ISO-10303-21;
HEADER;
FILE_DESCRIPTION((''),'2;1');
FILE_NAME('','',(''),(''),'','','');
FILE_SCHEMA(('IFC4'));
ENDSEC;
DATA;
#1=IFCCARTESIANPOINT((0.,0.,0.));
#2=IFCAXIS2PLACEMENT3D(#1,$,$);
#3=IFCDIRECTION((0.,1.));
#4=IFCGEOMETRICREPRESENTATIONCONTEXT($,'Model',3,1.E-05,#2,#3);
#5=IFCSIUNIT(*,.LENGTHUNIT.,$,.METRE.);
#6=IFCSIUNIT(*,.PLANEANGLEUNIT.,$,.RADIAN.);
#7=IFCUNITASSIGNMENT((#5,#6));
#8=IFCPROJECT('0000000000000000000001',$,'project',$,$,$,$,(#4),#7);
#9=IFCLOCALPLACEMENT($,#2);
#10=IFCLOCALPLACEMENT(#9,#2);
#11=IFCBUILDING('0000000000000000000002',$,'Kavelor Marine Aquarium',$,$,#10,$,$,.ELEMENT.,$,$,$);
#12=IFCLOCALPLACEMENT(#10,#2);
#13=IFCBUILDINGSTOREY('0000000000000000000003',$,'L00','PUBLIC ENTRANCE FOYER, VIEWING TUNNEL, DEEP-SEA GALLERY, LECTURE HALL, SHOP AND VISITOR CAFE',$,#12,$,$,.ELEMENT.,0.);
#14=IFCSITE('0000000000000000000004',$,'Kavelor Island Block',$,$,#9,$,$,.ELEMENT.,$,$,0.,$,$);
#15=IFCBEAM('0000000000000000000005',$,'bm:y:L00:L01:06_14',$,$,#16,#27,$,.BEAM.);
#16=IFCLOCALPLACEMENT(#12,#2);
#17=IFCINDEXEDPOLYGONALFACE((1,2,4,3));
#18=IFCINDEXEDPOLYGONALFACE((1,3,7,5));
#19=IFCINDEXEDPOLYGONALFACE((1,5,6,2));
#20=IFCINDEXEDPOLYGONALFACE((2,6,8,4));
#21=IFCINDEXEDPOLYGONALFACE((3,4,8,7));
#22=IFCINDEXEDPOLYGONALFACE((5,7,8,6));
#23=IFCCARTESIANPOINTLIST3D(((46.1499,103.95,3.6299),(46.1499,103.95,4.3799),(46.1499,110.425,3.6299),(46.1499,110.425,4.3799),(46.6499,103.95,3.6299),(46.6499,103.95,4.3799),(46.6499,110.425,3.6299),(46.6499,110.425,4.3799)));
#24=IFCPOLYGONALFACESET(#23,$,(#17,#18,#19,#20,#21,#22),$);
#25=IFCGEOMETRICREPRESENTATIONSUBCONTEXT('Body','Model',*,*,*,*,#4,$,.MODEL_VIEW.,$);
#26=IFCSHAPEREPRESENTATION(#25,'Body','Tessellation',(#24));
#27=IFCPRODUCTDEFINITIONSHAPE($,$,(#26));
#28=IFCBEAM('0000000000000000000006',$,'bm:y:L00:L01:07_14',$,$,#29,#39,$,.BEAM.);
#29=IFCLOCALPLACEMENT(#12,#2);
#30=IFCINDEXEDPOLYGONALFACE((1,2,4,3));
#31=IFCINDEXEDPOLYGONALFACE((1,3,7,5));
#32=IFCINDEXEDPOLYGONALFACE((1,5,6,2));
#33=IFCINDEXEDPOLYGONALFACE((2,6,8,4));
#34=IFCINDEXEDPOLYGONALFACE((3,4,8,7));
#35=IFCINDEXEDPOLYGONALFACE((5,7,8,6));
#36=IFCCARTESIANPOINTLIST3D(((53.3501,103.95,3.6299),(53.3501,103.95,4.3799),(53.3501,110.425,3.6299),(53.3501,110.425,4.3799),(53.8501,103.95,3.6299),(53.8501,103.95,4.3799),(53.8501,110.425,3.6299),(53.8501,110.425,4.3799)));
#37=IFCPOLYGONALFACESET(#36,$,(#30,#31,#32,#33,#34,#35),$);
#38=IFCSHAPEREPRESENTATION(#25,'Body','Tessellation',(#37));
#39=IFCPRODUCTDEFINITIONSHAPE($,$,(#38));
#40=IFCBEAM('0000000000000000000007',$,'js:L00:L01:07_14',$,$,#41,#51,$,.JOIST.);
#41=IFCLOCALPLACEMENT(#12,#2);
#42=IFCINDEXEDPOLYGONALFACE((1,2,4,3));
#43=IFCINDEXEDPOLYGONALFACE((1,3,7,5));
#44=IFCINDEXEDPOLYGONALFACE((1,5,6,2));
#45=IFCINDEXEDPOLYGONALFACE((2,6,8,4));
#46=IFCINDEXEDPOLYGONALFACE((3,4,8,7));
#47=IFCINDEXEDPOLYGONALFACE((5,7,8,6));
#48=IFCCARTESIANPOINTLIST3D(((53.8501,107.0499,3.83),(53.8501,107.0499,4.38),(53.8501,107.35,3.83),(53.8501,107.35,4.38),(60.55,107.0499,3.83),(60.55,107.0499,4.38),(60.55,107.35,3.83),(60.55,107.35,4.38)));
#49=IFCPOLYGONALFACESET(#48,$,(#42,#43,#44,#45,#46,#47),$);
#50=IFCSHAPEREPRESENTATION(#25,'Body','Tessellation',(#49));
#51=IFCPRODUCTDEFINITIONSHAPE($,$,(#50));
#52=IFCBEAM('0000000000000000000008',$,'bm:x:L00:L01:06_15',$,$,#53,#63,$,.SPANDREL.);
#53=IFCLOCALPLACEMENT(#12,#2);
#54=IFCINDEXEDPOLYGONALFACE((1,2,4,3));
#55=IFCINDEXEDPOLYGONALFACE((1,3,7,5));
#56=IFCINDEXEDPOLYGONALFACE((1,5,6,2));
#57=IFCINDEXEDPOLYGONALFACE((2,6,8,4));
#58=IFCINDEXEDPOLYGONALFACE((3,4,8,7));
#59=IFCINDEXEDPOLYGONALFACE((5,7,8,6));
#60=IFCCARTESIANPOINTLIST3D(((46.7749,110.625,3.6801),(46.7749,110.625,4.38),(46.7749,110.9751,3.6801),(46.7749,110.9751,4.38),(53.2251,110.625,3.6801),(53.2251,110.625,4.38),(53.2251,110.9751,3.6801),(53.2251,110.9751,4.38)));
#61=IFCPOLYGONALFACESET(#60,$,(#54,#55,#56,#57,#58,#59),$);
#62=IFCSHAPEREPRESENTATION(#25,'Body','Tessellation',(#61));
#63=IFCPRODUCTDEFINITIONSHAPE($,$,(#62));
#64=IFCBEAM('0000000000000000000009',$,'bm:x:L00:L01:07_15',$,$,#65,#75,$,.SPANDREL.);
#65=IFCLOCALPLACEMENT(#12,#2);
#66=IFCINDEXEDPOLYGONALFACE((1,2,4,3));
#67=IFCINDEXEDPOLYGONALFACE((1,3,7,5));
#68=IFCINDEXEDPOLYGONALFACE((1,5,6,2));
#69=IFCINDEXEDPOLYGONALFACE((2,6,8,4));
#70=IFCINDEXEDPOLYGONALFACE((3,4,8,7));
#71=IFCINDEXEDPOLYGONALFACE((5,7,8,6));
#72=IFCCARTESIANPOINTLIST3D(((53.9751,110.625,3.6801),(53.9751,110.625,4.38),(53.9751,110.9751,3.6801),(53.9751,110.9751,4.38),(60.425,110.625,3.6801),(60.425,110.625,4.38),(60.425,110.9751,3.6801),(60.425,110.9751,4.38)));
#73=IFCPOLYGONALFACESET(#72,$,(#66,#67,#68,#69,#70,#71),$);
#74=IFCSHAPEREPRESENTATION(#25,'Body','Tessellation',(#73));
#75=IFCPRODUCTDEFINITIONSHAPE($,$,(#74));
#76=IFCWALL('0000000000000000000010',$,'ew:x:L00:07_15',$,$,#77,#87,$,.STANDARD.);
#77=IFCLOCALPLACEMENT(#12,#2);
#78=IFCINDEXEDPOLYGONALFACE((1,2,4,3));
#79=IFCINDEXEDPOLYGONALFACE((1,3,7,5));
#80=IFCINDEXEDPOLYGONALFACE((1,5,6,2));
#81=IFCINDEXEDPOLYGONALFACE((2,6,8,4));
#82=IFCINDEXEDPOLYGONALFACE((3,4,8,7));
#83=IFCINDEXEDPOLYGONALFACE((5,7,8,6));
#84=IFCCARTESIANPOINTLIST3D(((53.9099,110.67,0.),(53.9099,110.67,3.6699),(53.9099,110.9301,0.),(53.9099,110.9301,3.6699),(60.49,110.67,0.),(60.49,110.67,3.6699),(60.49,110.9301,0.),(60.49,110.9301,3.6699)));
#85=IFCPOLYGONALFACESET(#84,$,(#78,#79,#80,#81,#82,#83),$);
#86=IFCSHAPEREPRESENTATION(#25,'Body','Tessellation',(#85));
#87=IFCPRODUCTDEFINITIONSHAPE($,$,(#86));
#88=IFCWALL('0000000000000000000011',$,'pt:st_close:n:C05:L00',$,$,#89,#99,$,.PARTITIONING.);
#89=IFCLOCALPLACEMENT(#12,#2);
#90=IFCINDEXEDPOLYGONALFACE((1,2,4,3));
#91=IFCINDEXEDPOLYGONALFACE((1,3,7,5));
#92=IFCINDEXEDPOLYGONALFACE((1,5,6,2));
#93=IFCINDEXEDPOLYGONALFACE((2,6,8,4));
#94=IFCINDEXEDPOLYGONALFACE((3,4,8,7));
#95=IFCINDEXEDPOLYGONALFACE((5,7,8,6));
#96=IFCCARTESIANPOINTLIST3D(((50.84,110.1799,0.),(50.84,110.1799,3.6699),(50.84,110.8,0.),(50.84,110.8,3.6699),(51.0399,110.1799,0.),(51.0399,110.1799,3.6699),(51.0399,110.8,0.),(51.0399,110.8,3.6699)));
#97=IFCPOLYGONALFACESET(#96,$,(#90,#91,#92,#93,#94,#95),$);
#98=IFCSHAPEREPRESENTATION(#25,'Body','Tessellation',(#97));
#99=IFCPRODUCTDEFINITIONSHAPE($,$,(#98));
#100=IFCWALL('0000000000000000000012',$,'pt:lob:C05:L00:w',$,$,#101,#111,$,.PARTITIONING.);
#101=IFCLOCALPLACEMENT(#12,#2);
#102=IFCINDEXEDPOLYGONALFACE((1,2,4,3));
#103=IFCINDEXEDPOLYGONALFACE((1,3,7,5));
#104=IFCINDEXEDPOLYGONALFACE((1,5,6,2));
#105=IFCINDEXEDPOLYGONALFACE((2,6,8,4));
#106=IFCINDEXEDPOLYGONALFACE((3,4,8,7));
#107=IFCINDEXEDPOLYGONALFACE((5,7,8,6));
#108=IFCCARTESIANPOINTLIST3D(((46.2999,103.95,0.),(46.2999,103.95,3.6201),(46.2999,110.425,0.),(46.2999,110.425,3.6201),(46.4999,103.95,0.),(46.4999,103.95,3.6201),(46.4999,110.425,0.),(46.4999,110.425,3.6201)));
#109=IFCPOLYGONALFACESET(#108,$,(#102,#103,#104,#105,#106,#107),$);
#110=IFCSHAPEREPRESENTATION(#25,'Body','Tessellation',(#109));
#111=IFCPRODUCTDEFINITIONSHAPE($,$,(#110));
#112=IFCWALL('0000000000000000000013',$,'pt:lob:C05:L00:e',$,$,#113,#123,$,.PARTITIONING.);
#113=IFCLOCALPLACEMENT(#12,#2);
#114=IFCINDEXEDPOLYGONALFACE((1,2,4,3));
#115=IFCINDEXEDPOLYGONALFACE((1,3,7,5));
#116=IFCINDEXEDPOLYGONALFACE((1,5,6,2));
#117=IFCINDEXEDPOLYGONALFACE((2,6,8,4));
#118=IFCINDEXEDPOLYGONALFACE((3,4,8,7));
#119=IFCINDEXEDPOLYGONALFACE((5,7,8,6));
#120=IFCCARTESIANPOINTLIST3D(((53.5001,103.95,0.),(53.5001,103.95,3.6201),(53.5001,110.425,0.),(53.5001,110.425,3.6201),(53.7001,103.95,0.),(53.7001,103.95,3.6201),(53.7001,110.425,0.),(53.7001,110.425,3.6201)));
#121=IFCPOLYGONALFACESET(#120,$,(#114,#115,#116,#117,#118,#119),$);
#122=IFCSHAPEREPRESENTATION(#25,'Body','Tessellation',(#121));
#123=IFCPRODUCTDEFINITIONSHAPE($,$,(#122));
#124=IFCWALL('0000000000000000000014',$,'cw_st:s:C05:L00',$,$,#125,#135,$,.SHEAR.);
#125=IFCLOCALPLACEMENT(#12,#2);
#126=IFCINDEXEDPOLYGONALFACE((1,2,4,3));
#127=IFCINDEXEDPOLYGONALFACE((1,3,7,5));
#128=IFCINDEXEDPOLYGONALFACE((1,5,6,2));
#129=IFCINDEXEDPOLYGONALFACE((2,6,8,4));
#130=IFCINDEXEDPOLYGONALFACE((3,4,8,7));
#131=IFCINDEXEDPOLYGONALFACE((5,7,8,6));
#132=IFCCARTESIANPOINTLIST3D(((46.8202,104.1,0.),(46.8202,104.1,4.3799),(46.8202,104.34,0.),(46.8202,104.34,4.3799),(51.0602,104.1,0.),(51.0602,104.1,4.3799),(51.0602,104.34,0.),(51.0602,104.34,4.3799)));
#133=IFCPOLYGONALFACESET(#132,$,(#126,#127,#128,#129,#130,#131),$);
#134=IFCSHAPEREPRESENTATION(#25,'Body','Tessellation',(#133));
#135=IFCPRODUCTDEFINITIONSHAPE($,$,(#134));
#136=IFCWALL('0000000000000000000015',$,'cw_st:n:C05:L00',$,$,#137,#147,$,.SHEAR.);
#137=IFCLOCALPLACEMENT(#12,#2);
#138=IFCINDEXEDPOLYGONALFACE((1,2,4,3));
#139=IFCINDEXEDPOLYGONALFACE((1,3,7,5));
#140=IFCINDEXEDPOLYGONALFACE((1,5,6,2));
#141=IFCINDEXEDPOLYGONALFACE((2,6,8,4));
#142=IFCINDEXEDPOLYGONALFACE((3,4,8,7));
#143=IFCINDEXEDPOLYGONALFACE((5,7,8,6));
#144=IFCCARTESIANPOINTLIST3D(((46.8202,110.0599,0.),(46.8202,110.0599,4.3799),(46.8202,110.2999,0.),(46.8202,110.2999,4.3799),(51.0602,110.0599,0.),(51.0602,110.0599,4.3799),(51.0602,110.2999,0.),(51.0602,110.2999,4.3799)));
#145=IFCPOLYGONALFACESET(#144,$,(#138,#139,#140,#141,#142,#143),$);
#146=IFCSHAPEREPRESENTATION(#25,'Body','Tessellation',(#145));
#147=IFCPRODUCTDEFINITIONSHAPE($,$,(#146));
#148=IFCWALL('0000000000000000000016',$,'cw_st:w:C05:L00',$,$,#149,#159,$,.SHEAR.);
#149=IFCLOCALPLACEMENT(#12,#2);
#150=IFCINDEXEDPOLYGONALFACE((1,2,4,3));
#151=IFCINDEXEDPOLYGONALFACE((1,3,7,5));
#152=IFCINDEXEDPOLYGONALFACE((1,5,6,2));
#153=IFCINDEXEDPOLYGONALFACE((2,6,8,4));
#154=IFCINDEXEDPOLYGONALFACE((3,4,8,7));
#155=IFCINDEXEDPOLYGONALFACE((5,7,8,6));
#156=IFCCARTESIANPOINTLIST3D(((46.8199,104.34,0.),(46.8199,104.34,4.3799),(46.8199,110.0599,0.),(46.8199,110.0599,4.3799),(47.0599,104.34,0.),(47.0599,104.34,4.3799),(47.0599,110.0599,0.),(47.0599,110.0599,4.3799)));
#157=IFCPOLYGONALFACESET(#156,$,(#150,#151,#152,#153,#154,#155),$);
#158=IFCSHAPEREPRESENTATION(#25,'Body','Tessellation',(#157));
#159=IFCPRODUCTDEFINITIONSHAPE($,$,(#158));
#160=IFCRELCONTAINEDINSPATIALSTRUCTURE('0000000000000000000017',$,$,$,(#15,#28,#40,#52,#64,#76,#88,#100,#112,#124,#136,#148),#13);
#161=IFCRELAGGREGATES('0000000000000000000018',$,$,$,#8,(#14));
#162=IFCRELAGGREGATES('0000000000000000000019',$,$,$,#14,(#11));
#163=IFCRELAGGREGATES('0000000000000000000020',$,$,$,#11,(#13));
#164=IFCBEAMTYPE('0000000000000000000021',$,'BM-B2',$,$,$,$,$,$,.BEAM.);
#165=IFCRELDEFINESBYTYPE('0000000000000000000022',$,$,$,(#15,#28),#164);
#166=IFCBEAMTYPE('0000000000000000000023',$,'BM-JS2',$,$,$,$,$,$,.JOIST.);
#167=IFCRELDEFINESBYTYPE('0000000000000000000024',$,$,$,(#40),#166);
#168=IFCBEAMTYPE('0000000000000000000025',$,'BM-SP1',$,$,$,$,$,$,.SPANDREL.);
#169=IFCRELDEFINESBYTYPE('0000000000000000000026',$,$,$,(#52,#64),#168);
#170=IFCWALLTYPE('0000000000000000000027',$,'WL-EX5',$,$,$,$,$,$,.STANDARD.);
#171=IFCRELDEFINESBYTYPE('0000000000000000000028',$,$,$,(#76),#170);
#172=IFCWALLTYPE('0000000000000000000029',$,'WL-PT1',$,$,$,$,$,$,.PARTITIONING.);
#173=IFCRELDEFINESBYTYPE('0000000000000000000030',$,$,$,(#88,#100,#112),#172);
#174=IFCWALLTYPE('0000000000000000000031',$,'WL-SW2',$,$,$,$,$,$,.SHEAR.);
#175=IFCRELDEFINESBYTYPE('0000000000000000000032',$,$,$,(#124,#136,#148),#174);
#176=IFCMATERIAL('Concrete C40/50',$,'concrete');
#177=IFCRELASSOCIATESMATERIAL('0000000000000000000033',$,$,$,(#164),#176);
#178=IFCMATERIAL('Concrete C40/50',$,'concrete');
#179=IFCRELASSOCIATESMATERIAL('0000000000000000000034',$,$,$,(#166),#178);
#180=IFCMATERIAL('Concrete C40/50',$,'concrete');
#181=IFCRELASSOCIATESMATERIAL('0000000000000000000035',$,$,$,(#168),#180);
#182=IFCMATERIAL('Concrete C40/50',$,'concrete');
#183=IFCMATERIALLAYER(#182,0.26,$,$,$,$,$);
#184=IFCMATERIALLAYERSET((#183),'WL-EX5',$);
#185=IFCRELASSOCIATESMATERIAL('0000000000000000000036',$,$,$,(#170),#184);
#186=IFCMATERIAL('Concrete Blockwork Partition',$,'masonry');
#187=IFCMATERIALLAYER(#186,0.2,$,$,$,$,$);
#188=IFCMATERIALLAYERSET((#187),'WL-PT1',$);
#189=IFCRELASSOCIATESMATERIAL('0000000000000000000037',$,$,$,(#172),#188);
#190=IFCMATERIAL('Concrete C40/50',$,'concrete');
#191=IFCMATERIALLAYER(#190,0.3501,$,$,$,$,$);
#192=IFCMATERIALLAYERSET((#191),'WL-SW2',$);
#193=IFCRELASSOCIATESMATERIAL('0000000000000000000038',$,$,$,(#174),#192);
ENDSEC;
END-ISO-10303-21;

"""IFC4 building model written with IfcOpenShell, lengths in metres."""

from ifc_helpers import new_model, si_unit, direction, frame, frame_2d, origin, origin_2d, place, context, subcontext, project, spatial, rectangle, extrude, material, layer, layer_set, material_profile, profile_set, type_object, element, save


model = new_model("IFC4")

# Units and contexts
model_context = context("Model", 3, precision=1e-05, world=origin(), true_north=direction((0.0, 1.0)))
body_context = subcontext(model_context, "Body", "Model", "MODEL_VIEW")
ifc_project = project(units=[si_unit("LENGTHUNIT", "METRE"), si_unit("PLANEANGLEUNIT", "RADIAN")], contexts=[model_context])

# Site, building, storey
site_placement = place(None, origin())
site = spatial("IfcSite", under=ifc_project, at=site_placement, Name="Kavelor Island Block", CompositionType="ELEMENT", RefElevation=0.0)
building_placement = place(site_placement, origin())
building = spatial("IfcBuilding", under=site, at=building_placement, Name="Kavelor Marine Aquarium", CompositionType="ELEMENT")
storey_placement = place(building_placement, origin())
storey = spatial("IfcBuildingStorey", under=building, at=storey_placement, Name="L00", Description="PUBLIC ENTRANCE FOYER, VIEWING TUNNEL, DEEP-SEA GALLERY, LECTURE HALL, SHOP AND VISITOR CAFE", CompositionType="ELEMENT", Elevation=0.0)

# Beams
ifc_material_1 = material(Name="Concrete C40/50", Category="concrete")
ifc_material_profile_1 = material_profile(ifc_material_1, rectangle(XDim=0.5, YDim=0.75, at=origin_2d()), Name="RC-BM 500x750")
ifc_profile_set_1 = profile_set([ifc_material_profile_1], Name="Concrete C40/50")
beam_type_1 = type_object("IfcBeamType", Name="BM-B2", PredefinedType="BEAM", material=ifc_profile_set_1)
for number, where, z_axis, x_axis, name in (
    (1, (46.3999, 103.95, 4.0049), (0.0, 1.0, 0.0), (-1.0, 0.0, 0.0), "bm:y:L00:L01:06_14"),
    (2, (53.6001, 103.95, 4.0049), (0.0, 1.0, 0.0), (-1.0, 0.0, 0.0), "bm:y:L00:L01:07_14"),
):
    element("IfcBeam", number, at=place(storey_placement, frame(where, z_axis=z_axis, x_axis=x_axis)), inside=storey, type_object=beam_type_1, Name=name, PredefinedType="BEAM", context=body_context, shape_type="SweptSolid", body=[
        extrude(rectangle(XDim=0.5, YDim=0.75, at=origin_2d()), origin(), (0.0, 0.0, 1.0), 6.4751),
    ])
ifc_material_2 = material(Name="Concrete C40/50", Category="concrete")
ifc_material_profile_2 = material_profile(ifc_material_2, rectangle(XDim=0.3, YDim=0.55, at=origin_2d()), Name="RC-JS 300x550")
ifc_profile_set_2 = profile_set([ifc_material_profile_2], Name="Concrete C40/50")
beam_type_2 = type_object("IfcBeamType", Name="BM-JS2", PredefinedType="JOIST", material=ifc_profile_set_2)
beam_1_placement = place(storey_placement, frame((53.8501, 107.2, 4.105), z_axis=(1.0, 0.0, 0.0), x_axis=(0.0, 1.0, 0.0)))
element("IfcBeam", 3, at=beam_1_placement, inside=storey, type_object=beam_type_2, Name="js:L00:L01:07_14", PredefinedType="JOIST", context=body_context, shape_type="SweptSolid", body=[
    extrude(rectangle(XDim=0.3, YDim=0.55, at=origin_2d()), origin(), (0.0, 0.0, 1.0), 6.7),
])
ifc_material_3 = material(Name="Concrete C40/50", Category="concrete")
ifc_material_profile_3 = material_profile(ifc_material_3, rectangle(XDim=0.3501, YDim=0.7, at=origin_2d()), Name="RC-SP 350x700")
ifc_profile_set_3 = profile_set([ifc_material_profile_3], Name="Concrete C40/50")
beam_type_3 = type_object("IfcBeamType", Name="BM-SP1", PredefinedType="SPANDREL", material=ifc_profile_set_3)
beam_2_placement = place(storey_placement, frame((46.7749, 110.8, 4.03), z_axis=(1.0, 0.0, 0.0), x_axis=(0.0, 1.0, 0.0)))
element("IfcBeam", 4, at=beam_2_placement, inside=storey, type_object=beam_type_3, Name="bm:x:L00:L01:06_15", PredefinedType="SPANDREL", context=body_context, shape_type="SweptSolid", body=[
    extrude(rectangle(XDim=0.3501, YDim=0.7, at=origin_2d()), origin(), (0.0, 0.0, 1.0), 6.4502),
])
beam_3_placement = place(storey_placement, frame((53.9751, 110.8, 4.03), z_axis=(1.0, 0.0, 0.0), x_axis=(0.0, 1.0, 0.0)))
element("IfcBeam", 5, at=beam_3_placement, inside=storey, type_object=beam_type_3, Name="bm:x:L00:L01:07_15", PredefinedType="SPANDREL", context=body_context, shape_type="SweptSolid", body=[
    extrude(rectangle(XDim=0.3501, YDim=0.7, at=origin_2d()), origin(), (0.0, 0.0, 1.0), 6.45),
])

# Walls
ifc_material_4 = material(Name="Concrete C40/50", Category="concrete")
ifc_layer_1 = layer(ifc_material_4, 0.26)
ifc_layer_set_1 = layer_set([ifc_layer_1], Name="WL-EX5")
wall_type_1 = type_object("IfcWallType", Name="WL-EX5", PredefinedType="STANDARD", material=ifc_layer_set_1)
wall_1_placement = place(storey_placement, frame((53.9099, 110.8, 0.0), z_axis=(0.0, 0.0, 1.0), x_axis=(1.0, 0.0, 0.0)))
element("IfcWall", 6, at=wall_1_placement, inside=storey, type_object=wall_type_1, Name="ew:x:L00:07_15", PredefinedType="STANDARD", context=body_context, shape_type="SweptSolid", body=[
    extrude(rectangle(XDim=6.5801, YDim=0.26, at=frame_2d((3.29, 0.0))), origin(), (0.0, 0.0, 1.0), 3.6699),
])
ifc_material_5 = material(Name="Concrete Blockwork Partition", Category="masonry")
ifc_layer_2 = layer(ifc_material_5, 0.2)
ifc_layer_set_2 = layer_set([ifc_layer_2], Name="WL-PT1")
wall_type_2 = type_object("IfcWallType", Name="WL-PT1", PredefinedType="PARTITIONING", material=ifc_layer_set_2)
wall_2_placement = place(storey_placement, frame((50.9399, 110.1799, 0.0), z_axis=(0.0, 0.0, 1.0), x_axis=(0.0, 1.0, 0.0)))
element("IfcWall", 7, at=wall_2_placement, inside=storey, type_object=wall_type_2, Name="pt:st_close:n:C05:L00", PredefinedType="PARTITIONING", context=body_context, shape_type="SweptSolid", body=[
    extrude(rectangle(XDim=0.6201, YDim=0.2, at=frame_2d((0.3101, 0.0))), origin(), (0.0, 0.0, 1.0), 3.6699),
])
for number, where, z_axis, x_axis, name in (
    (8, (46.3999, 103.95, 0.0), (0.0, 0.0, 1.0), (0.0, 1.0, 0.0), "pt:lob:C05:L00:w"),
    (9, (53.6001, 103.95, 0.0), (0.0, 0.0, 1.0), (0.0, 1.0, 0.0), "pt:lob:C05:L00:e"),
):
    element("IfcWall", number, at=place(storey_placement, frame(where, z_axis=z_axis, x_axis=x_axis)), inside=storey, type_object=wall_type_2, Name=name, PredefinedType="PARTITIONING", context=body_context, shape_type="SweptSolid", body=[
        extrude(rectangle(XDim=6.4751, YDim=0.2, at=frame_2d((3.2375, 0.0))), origin(), (0.0, 0.0, 1.0), 3.6201),
    ])
ifc_material_6 = material(Name="Concrete C40/50", Category="concrete")
ifc_layer_3 = layer(ifc_material_6, 0.3501)
ifc_layer_set_3 = layer_set([ifc_layer_3], Name="WL-SW2")
wall_type_3 = type_object("IfcWallType", Name="WL-SW2", PredefinedType="SHEAR", material=ifc_layer_set_3)
for number, where, z_axis, x_axis, name in (
    (10, (46.8201, 104.22, 0.0), (0.0, 0.0, 1.0), (1.0, 0.0, 0.0), "cw_st:s:C05:L00"),
    (11, (46.8201, 110.1799, 0.0), (0.0, 0.0, 1.0), (1.0, 0.0, 0.0), "cw_st:n:C05:L00"),
):
    element("IfcWall", number, at=place(storey_placement, frame(where, z_axis=z_axis, x_axis=x_axis)), inside=storey, type_object=wall_type_3, Name=name, PredefinedType="SHEAR", context=body_context, shape_type="SweptSolid", body=[
        extrude(rectangle(XDim=4.24, YDim=0.24, at=frame_2d((2.1201, 0.0))), origin(), (0.0, 0.0, 1.0), 4.3799),
    ])
wall_3_placement = place(storey_placement, frame((46.9399, 104.3401, 0.0), z_axis=(0.0, 0.0, 1.0), x_axis=(0.0, 1.0, 0.0)))
element("IfcWall", 12, at=wall_3_placement, inside=storey, type_object=wall_type_3, Name="cw_st:w:C05:L00", PredefinedType="SHEAR", context=body_context, shape_type="SweptSolid", body=[
    extrude(rectangle(XDim=5.72, YDim=0.24, at=frame_2d((2.8599, 0.0))), origin(), (0.0, 0.0, 1.0), 4.3799),
])

save(model, "model.ifc")
